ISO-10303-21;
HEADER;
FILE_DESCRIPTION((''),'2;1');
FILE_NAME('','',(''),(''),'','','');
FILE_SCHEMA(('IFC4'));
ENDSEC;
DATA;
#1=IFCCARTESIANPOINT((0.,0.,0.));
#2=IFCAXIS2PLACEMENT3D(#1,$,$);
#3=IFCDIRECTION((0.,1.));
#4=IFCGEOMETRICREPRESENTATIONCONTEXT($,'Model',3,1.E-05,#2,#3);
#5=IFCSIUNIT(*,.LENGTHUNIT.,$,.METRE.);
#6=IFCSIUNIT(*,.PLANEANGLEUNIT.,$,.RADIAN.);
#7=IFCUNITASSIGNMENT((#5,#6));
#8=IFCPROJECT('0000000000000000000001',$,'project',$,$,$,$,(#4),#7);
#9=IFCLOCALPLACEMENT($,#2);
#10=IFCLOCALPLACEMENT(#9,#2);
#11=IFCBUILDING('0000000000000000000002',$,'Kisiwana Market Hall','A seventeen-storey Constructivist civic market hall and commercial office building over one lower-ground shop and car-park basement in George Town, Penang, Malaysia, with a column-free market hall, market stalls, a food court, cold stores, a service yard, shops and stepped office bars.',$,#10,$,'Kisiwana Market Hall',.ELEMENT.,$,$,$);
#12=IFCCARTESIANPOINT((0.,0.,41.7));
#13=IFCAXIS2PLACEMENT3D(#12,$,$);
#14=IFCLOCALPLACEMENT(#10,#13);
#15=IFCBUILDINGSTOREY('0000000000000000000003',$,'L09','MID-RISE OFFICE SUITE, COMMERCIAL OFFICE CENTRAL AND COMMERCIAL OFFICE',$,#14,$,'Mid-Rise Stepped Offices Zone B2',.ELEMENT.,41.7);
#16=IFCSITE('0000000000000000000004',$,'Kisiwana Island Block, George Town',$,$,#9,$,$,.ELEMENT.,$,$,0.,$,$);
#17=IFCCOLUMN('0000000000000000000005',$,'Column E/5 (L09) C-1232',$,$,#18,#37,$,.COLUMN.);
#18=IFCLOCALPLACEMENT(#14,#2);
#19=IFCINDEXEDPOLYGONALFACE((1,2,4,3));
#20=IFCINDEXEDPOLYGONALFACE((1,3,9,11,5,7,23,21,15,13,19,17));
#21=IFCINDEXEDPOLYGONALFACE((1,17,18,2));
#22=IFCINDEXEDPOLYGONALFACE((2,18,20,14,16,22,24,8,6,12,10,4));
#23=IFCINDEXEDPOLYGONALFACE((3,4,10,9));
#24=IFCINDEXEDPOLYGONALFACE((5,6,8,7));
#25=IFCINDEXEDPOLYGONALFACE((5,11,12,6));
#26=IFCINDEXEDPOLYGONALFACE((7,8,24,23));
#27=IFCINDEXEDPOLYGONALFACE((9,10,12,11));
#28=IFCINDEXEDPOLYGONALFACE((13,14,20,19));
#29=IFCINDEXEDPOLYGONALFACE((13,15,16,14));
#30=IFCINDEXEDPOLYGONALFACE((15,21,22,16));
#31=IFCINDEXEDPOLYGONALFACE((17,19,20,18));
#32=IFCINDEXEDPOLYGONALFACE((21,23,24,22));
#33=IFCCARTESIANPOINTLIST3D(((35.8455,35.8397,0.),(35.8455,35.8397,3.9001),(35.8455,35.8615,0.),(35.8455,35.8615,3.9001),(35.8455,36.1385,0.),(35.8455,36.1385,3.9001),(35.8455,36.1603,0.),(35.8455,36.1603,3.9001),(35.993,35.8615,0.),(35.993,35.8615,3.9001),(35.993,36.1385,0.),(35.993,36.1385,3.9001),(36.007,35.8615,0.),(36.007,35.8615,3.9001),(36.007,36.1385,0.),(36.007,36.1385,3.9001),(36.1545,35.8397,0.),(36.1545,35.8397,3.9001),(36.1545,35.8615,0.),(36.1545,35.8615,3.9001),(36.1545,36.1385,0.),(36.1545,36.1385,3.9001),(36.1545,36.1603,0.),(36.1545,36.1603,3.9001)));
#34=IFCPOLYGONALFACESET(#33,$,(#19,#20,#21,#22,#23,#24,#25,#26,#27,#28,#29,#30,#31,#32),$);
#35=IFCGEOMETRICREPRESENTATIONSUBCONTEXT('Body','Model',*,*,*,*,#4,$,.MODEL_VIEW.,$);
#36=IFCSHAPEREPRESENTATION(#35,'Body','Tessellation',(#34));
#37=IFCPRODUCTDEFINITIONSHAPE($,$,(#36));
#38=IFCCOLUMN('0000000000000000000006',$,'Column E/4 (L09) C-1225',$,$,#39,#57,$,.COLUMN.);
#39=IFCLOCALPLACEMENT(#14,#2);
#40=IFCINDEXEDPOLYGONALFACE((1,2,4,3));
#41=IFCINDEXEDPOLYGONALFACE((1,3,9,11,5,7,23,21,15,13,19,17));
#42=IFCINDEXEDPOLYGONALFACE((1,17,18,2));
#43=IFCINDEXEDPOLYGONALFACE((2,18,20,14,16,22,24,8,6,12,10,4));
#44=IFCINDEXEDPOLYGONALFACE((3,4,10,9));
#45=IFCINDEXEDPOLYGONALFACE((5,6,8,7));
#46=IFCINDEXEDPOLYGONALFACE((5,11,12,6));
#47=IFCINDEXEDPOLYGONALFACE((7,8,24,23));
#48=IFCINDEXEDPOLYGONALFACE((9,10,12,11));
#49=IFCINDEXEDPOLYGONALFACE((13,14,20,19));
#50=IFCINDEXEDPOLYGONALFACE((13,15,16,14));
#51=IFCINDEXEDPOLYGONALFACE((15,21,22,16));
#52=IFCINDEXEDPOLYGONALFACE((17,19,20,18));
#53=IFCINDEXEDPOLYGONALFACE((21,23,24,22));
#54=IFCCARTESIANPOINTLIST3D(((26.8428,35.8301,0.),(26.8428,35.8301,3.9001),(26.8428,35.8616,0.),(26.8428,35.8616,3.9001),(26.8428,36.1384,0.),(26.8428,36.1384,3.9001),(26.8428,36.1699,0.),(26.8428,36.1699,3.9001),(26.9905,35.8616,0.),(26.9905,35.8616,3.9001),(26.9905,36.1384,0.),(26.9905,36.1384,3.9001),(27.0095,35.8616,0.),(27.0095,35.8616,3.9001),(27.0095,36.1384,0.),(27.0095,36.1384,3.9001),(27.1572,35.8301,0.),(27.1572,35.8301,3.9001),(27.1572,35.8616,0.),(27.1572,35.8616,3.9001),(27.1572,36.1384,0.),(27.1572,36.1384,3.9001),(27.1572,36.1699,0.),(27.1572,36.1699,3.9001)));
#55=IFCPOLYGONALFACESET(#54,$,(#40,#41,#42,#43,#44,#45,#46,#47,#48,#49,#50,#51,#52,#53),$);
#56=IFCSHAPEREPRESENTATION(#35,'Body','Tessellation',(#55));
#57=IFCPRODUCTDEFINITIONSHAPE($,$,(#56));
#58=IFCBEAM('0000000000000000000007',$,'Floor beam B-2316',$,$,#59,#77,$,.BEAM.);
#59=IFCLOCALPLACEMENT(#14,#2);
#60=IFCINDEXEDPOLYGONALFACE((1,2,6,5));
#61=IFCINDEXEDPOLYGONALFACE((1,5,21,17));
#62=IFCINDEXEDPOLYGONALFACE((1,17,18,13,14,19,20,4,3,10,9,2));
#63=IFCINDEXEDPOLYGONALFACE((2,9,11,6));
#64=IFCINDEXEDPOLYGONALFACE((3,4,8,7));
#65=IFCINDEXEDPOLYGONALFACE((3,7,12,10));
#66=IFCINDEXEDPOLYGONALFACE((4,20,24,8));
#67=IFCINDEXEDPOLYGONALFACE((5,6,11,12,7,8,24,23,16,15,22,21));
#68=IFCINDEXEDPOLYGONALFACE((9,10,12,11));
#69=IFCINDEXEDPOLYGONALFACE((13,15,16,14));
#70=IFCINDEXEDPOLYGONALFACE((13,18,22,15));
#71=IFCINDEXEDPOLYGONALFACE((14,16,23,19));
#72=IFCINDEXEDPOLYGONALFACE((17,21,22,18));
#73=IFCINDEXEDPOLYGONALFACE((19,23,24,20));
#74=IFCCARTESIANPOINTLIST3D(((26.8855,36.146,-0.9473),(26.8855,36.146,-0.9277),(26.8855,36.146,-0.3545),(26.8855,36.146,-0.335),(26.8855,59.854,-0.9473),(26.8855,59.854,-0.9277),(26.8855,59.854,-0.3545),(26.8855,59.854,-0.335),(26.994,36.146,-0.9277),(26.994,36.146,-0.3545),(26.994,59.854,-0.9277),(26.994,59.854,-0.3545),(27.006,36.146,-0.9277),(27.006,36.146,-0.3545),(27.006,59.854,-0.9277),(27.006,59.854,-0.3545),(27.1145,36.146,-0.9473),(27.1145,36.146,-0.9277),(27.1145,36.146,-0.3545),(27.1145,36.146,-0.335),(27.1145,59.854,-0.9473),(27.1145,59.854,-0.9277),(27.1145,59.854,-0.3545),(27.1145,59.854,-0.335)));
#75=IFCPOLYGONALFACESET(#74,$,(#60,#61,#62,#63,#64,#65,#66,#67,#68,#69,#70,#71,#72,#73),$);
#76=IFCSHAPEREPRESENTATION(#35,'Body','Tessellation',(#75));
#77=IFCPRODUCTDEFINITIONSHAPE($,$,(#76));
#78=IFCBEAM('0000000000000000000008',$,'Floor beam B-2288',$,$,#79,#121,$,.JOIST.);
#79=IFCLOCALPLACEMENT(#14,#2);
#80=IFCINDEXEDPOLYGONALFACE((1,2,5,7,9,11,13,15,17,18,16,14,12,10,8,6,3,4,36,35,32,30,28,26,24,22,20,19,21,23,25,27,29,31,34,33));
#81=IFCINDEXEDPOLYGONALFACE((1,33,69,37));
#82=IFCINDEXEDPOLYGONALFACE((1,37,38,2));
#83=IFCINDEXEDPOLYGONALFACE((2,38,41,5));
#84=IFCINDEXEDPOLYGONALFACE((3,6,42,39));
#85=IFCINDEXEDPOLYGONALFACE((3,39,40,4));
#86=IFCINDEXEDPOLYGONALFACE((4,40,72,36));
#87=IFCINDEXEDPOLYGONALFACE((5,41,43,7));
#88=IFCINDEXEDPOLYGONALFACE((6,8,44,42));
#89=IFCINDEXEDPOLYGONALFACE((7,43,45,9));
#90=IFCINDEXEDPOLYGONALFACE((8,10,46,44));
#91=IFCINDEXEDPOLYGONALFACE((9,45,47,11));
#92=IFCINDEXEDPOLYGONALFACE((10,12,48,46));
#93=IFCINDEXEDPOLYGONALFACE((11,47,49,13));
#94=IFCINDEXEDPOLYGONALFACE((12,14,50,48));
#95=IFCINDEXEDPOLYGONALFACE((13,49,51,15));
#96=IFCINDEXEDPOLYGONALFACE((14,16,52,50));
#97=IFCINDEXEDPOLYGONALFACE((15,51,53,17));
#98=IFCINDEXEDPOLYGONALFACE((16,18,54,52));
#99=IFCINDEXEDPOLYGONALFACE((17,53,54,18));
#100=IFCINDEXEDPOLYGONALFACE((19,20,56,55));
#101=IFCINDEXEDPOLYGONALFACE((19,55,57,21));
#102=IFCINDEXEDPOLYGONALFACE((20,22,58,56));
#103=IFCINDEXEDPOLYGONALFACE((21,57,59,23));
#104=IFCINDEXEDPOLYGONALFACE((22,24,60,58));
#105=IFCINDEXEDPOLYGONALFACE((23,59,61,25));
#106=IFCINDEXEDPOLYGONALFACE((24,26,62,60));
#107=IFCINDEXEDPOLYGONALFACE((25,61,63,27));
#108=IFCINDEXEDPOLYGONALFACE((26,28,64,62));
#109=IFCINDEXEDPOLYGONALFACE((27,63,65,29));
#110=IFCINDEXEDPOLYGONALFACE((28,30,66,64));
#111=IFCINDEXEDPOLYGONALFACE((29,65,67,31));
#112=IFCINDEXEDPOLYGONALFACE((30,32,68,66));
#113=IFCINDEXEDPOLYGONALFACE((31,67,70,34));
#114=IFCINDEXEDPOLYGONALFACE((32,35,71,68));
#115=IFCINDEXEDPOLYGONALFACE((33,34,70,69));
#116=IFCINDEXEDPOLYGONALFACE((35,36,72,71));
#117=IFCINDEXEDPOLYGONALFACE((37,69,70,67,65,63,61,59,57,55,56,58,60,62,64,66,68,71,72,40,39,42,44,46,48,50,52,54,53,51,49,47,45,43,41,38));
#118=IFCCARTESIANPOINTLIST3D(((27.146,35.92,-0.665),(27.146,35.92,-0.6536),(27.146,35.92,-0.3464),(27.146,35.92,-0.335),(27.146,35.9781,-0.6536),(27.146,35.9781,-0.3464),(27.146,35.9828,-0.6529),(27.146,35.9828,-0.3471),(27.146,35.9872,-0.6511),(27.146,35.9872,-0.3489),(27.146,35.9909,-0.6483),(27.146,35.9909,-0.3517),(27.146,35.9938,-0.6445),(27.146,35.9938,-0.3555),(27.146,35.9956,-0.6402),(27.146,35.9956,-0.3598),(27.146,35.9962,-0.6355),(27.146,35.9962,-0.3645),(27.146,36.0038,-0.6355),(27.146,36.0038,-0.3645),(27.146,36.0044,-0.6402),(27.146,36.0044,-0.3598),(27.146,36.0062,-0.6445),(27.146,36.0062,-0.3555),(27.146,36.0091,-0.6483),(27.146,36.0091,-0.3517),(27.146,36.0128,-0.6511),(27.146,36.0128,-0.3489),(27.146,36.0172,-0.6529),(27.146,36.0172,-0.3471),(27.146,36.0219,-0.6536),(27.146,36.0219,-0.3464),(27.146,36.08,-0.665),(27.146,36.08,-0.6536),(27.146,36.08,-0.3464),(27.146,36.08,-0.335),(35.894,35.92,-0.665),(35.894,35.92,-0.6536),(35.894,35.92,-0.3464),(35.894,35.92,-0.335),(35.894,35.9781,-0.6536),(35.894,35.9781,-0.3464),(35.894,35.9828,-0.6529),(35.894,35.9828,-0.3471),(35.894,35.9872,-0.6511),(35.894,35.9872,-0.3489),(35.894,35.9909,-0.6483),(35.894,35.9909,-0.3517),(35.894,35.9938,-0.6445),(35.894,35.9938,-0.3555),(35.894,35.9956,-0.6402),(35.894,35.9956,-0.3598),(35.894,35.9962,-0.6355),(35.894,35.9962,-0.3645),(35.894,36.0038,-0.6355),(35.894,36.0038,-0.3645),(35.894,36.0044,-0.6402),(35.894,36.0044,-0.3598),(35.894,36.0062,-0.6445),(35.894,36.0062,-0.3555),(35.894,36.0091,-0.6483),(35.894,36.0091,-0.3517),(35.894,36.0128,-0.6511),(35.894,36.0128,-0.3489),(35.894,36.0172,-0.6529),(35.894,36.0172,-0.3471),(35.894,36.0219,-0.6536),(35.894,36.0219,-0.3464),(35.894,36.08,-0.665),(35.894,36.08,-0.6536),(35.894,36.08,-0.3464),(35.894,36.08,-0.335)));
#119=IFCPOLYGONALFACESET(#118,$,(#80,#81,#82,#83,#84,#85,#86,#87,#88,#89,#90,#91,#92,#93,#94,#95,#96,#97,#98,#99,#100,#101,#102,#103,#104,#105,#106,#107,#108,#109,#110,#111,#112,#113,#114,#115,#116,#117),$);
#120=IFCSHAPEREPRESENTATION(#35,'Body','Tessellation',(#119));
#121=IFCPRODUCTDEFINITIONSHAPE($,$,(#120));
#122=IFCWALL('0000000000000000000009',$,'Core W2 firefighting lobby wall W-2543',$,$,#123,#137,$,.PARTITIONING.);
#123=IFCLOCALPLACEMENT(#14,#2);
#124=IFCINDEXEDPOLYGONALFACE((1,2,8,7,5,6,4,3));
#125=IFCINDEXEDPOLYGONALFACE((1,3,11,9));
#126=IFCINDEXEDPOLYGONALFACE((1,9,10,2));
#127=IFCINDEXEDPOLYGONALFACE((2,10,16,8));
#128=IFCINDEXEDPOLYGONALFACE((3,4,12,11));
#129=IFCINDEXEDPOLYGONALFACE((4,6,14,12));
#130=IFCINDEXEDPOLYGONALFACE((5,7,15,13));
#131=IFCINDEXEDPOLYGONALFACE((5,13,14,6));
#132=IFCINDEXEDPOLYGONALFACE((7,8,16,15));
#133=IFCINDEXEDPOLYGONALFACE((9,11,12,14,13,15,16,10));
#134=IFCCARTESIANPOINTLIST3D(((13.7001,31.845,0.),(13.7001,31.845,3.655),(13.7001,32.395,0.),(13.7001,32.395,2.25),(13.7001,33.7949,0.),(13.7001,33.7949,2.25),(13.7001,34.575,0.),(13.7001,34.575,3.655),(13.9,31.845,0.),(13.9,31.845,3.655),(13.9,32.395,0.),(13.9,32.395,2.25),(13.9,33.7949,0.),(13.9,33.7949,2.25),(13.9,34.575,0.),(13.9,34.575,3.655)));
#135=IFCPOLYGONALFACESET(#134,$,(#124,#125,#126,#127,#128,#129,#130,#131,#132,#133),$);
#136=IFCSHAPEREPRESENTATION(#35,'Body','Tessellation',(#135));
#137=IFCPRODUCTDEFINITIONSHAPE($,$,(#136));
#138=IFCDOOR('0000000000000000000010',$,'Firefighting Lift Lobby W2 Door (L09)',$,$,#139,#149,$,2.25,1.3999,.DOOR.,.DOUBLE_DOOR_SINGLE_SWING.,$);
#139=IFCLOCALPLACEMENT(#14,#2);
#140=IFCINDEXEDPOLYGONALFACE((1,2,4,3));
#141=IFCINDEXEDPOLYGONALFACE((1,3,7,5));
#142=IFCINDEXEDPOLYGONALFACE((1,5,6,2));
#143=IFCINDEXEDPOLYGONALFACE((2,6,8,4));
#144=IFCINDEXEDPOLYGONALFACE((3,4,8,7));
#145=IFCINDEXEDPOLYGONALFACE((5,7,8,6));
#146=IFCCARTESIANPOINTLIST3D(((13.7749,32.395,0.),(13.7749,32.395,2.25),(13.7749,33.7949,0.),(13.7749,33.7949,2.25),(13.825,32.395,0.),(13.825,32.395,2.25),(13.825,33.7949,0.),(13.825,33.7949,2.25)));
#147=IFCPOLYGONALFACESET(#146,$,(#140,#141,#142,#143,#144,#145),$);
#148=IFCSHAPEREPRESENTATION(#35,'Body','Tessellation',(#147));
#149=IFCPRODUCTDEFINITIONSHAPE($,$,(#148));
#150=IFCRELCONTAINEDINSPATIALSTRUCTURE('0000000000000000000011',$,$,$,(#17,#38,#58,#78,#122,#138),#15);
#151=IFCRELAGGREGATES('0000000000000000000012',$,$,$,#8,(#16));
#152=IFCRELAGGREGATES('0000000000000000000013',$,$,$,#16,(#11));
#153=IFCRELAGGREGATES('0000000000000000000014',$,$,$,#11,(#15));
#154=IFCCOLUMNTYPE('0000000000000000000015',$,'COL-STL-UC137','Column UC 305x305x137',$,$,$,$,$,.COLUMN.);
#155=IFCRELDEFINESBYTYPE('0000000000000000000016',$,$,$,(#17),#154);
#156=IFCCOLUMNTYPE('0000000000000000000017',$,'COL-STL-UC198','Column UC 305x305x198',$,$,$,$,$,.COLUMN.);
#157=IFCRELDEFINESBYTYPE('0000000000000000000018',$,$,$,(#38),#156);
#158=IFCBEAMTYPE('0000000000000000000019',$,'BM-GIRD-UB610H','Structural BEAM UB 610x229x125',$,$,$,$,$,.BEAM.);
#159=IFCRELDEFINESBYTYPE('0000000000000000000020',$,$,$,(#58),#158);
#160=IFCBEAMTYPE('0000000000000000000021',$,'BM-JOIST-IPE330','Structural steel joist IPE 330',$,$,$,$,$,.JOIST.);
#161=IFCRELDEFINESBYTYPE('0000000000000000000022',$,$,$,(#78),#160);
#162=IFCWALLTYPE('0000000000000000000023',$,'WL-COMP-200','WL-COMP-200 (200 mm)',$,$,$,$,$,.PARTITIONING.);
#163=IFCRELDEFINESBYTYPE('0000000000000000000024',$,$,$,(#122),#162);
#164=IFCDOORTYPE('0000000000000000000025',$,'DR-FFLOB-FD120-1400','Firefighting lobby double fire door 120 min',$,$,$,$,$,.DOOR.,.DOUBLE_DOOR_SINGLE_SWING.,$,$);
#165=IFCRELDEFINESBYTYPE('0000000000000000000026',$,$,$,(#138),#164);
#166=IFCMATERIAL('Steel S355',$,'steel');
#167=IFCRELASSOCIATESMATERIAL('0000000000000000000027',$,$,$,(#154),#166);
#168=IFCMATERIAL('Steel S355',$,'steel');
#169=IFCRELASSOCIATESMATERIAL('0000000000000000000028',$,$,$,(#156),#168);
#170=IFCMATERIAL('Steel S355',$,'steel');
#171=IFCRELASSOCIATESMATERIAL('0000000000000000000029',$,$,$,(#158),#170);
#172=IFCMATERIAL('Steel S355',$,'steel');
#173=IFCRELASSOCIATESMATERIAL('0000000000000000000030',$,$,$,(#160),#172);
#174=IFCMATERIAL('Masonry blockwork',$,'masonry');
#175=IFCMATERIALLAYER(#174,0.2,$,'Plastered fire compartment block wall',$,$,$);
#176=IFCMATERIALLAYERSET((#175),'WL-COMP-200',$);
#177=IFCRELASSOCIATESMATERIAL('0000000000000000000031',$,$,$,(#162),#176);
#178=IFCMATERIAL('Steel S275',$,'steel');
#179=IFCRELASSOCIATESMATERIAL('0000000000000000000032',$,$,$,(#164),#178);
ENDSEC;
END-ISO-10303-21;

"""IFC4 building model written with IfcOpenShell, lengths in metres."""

from ifc_helpers import new_model, si_unit, direction, frame, frame_2d, origin, origin_2d, place, context, subcontext, project, spatial, rectangle, i_section, extrude, material, layer, layer_set, material_profile, profile_set, type_object, element, fill, save


model = new_model("IFC4")

# Units and contexts
model_context = context("Model", 3, precision=1e-05, world=origin(), true_north=direction((0.0, 1.0)))
body_context = subcontext(model_context, "Body", "Model", "MODEL_VIEW")
ifc_project = project(units=[si_unit("LENGTHUNIT", "METRE"), si_unit("PLANEANGLEUNIT", "RADIAN")], contexts=[model_context])

# Site, building, storey
site_placement = place(None, origin())
site = spatial("IfcSite", under=ifc_project, at=site_placement, Name="Kisiwana Island Block, George Town", CompositionType="ELEMENT", RefElevation=0.0)
building_placement = place(site_placement, origin())
building = spatial("IfcBuilding", under=site, at=building_placement, Name="Kisiwana Market Hall", Description="A seventeen-storey Constructivist civic market hall and commercial office building over one lower-ground shop and car-park basement in George Town, Penang, Malaysia, with a column-free market hall, market stalls, a food court, cold stores, a service yard, shops and stepped office bars.", LongName="Kisiwana Market Hall", CompositionType="ELEMENT")
storey_placement = place(building_placement, frame((0.0, 0.0, 41.7)))
storey = spatial("IfcBuildingStorey", under=building, at=storey_placement, Name="L09", Description="MID-RISE OFFICE SUITE, COMMERCIAL OFFICE CENTRAL AND COMMERCIAL OFFICE", LongName="Mid-Rise Stepped Offices Zone B2", CompositionType="ELEMENT", Elevation=41.7)

# Columns
ifc_material_1 = material(Name="Steel S355", Category="steel")
ifc_material_profile_1 = material_profile(ifc_material_1, i_section(OverallWidth=0.3091, OverallDepth=0.3206, WebThickness=0.0139, FlangeThickness=0.0217, at=origin_2d()), Name="UC 305x305x137")
ifc_profile_set_1 = profile_set([ifc_material_profile_1], Name="Steel S355")
column_type_1 = type_object("IfcColumnType", Name="COL-STL-UC137", Description="Column UC 305x305x137", PredefinedType="COLUMN", material=ifc_profile_set_1)
column_1_placement = place(storey_placement, frame((36.0, 36.0, 0.0), z_axis=(0.0, 0.0, 1.0), x_axis=(1.0, 0.0, 0.0)))
element("IfcColumn", 1, at=column_1_placement, inside=storey, type_object=column_type_1, Name="Column E/5 (L09) C-1232", PredefinedType="COLUMN", context=body_context, shape_type="SweptSolid", body=[
    extrude(i_section(OverallWidth=0.3091, OverallDepth=0.3206, WebThickness=0.0139, FlangeThickness=0.0217, at=origin_2d()), origin(), (0.0, 0.0, 1.0), 3.9001),
])
ifc_material_2 = material(Name="Steel S355", Category="steel")
ifc_material_profile_2 = material_profile(ifc_material_2, i_section(OverallWidth=0.3145, OverallDepth=0.3398, WebThickness=0.019, FlangeThickness=0.0315, at=origin_2d()), Name="UC 305x305x198")
ifc_profile_set_2 = profile_set([ifc_material_profile_2], Name="Steel S355")
column_type_2 = type_object("IfcColumnType", Name="COL-STL-UC198", Description="Column UC 305x305x198", PredefinedType="COLUMN", material=ifc_profile_set_2)
column_2_placement = place(storey_placement, frame((27.0, 36.0, 0.0), z_axis=(0.0, 0.0, 1.0), x_axis=(1.0, 0.0, 0.0)))
element("IfcColumn", 2, at=column_2_placement, inside=storey, type_object=column_type_2, Name="Column E/4 (L09) C-1225", PredefinedType="COLUMN", context=body_context, shape_type="SweptSolid", body=[
    extrude(i_section(OverallWidth=0.3145, OverallDepth=0.3398, WebThickness=0.019, FlangeThickness=0.0315, at=origin_2d()), origin(), (0.0, 0.0, 1.0), 3.9001),
])

# Beams
ifc_material_3 = material(Name="Steel S355", Category="steel")
ifc_material_profile_3 = material_profile(ifc_material_3, i_section(OverallWidth=0.229, OverallDepth=0.6123, WebThickness=0.012, FlangeThickness=0.0195, at=origin_2d()), Name="UB 610x229x125")
ifc_profile_set_3 = profile_set([ifc_material_profile_3], Name="Steel S355")
beam_type_1 = type_object("IfcBeamType", Name="BM-GIRD-UB610H", Description="Structural BEAM UB 610x229x125", PredefinedType="BEAM", material=ifc_profile_set_3)
beam_1_placement = place(storey_placement, frame((27.0, 36.146, -0.6411), z_axis=(0.0, 1.0, 0.0), x_axis=(-1.0, 0.0, 0.0)))
element("IfcBeam", 3, at=beam_1_placement, inside=storey, type_object=beam_type_1, Name="Floor beam B-2316", PredefinedType="BEAM", context=body_context, shape_type="SweptSolid", body=[
    extrude(i_section(OverallWidth=0.229, OverallDepth=0.6123, WebThickness=0.012, FlangeThickness=0.0195, at=origin_2d()), origin(), (0.0, 0.0, 1.0), 23.708),
])
ifc_material_4 = material(Name="Steel S355", Category="steel")
ifc_material_profile_4 = material_profile(ifc_material_4, i_section(OverallWidth=0.1599, OverallDepth=0.3301, WebThickness=0.0076, FlangeThickness=0.0115, FilletRadius=0.0181, at=origin_2d()), Name="IPE 330")
ifc_profile_set_4 = profile_set([ifc_material_profile_4], Name="Steel S355")
beam_type_2 = type_object("IfcBeamType", Name="BM-JOIST-IPE330", Description="Structural steel joist IPE 330", PredefinedType="JOIST", material=ifc_profile_set_4)
beam_2_placement = place(storey_placement, frame((27.146, 36.0, -0.5), z_axis=(1.0, 0.0, 0.0), x_axis=(0.0, 1.0, 0.0)))
element("IfcBeam", 4, at=beam_2_placement, inside=storey, type_object=beam_type_2, Name="Floor beam B-2288", PredefinedType="JOIST", context=body_context, shape_type="SweptSolid", body=[
    extrude(i_section(OverallWidth=0.1599, OverallDepth=0.3301, WebThickness=0.0076, FlangeThickness=0.0115, FilletRadius=0.0181, at=origin_2d()), origin(), (0.0, 0.0, 1.0), 8.748),
])

# Wall, opening, door
ifc_material_5 = material(Name="Masonry blockwork", Category="masonry")
ifc_layer_1 = layer(ifc_material_5, 0.2, Name="Plastered fire compartment block wall")
ifc_layer_set_1 = layer_set([ifc_layer_1], Name="WL-COMP-200")
wall_type_1 = type_object("IfcWallType", Name="WL-COMP-200", Description="WL-COMP-200 (200 mm)", PredefinedType="PARTITIONING", material=ifc_layer_set_1)
wall_1_placement = place(storey_placement, frame((13.8, 31.845, 0.0), z_axis=(0.0, 0.0, 1.0), x_axis=(0.0, 1.0, 0.0)))
wall_1 = element("IfcWall", 5, at=wall_1_placement, inside=storey, type_object=wall_type_1, Name="Core W2 firefighting lobby wall W-2543", PredefinedType="PARTITIONING", context=body_context, shape_type="SweptSolid", body=[
    extrude(rectangle(XDim=2.73, YDim=0.2, at=frame_2d((1.365, 0.0))), origin(), (0.0, 0.0, 1.0), 3.655),
])
opening_1_placement = place(wall_1_placement, frame((0.55, 0.0, 0.0)))
opening_1 = element("IfcOpeningElement", 6, at=opening_1_placement, cuts=wall_1, PredefinedType="OPENING", context=body_context, shape_type="SweptSolid", body=[
    extrude(rectangle(XDim=1.3999, YDim=2.25, at=frame_2d((0.7, 1.125))), frame((0.0, 0.1118, 0.0), z_axis=(0.0, -1.0, 0.0), x_axis=(1.0, 0.0, 0.0)), (0.0, 0.0, 1.0), 0.2239),
])
ifc_material_6 = material(Name="Steel S275", Category="steel")
door_type_1 = type_object("IfcDoorType", Name="DR-FFLOB-FD120-1400", Description="Firefighting lobby double fire door 120 min", OperationType="DOUBLE_DOOR_SINGLE_SWING", PredefinedType="DOOR", material=ifc_material_6)
door_1_placement = place(opening_1_placement, frame((1.3999, 0.0, 0.0), z_axis=(0.0, 0.0, 1.0), x_axis=(-1.0, 0.0, 0.0)))
door_1 = element("IfcDoor", 7, at=door_1_placement, inside=storey, type_object=door_type_1, Name="Firefighting Lift Lobby W2 Door (L09)", OperationType="DOUBLE_DOOR_SINGLE_SWING", OverallHeight=2.25, OverallWidth=1.3999, PredefinedType="DOOR", context=body_context, shape_type="SweptSolid", body=[
    extrude(rectangle(XDim=1.3999, YDim=2.25, at=frame_2d((0.7, 1.125))), frame((0.0, 0.0249, 0.0), z_axis=(0.0, -1.0, 0.0), x_axis=(1.0, 0.0, 0.0)), (0.0, 0.0, 1.0), 0.05),
])
fill(opening_1, door_1)

save(model, "model.ifc")
